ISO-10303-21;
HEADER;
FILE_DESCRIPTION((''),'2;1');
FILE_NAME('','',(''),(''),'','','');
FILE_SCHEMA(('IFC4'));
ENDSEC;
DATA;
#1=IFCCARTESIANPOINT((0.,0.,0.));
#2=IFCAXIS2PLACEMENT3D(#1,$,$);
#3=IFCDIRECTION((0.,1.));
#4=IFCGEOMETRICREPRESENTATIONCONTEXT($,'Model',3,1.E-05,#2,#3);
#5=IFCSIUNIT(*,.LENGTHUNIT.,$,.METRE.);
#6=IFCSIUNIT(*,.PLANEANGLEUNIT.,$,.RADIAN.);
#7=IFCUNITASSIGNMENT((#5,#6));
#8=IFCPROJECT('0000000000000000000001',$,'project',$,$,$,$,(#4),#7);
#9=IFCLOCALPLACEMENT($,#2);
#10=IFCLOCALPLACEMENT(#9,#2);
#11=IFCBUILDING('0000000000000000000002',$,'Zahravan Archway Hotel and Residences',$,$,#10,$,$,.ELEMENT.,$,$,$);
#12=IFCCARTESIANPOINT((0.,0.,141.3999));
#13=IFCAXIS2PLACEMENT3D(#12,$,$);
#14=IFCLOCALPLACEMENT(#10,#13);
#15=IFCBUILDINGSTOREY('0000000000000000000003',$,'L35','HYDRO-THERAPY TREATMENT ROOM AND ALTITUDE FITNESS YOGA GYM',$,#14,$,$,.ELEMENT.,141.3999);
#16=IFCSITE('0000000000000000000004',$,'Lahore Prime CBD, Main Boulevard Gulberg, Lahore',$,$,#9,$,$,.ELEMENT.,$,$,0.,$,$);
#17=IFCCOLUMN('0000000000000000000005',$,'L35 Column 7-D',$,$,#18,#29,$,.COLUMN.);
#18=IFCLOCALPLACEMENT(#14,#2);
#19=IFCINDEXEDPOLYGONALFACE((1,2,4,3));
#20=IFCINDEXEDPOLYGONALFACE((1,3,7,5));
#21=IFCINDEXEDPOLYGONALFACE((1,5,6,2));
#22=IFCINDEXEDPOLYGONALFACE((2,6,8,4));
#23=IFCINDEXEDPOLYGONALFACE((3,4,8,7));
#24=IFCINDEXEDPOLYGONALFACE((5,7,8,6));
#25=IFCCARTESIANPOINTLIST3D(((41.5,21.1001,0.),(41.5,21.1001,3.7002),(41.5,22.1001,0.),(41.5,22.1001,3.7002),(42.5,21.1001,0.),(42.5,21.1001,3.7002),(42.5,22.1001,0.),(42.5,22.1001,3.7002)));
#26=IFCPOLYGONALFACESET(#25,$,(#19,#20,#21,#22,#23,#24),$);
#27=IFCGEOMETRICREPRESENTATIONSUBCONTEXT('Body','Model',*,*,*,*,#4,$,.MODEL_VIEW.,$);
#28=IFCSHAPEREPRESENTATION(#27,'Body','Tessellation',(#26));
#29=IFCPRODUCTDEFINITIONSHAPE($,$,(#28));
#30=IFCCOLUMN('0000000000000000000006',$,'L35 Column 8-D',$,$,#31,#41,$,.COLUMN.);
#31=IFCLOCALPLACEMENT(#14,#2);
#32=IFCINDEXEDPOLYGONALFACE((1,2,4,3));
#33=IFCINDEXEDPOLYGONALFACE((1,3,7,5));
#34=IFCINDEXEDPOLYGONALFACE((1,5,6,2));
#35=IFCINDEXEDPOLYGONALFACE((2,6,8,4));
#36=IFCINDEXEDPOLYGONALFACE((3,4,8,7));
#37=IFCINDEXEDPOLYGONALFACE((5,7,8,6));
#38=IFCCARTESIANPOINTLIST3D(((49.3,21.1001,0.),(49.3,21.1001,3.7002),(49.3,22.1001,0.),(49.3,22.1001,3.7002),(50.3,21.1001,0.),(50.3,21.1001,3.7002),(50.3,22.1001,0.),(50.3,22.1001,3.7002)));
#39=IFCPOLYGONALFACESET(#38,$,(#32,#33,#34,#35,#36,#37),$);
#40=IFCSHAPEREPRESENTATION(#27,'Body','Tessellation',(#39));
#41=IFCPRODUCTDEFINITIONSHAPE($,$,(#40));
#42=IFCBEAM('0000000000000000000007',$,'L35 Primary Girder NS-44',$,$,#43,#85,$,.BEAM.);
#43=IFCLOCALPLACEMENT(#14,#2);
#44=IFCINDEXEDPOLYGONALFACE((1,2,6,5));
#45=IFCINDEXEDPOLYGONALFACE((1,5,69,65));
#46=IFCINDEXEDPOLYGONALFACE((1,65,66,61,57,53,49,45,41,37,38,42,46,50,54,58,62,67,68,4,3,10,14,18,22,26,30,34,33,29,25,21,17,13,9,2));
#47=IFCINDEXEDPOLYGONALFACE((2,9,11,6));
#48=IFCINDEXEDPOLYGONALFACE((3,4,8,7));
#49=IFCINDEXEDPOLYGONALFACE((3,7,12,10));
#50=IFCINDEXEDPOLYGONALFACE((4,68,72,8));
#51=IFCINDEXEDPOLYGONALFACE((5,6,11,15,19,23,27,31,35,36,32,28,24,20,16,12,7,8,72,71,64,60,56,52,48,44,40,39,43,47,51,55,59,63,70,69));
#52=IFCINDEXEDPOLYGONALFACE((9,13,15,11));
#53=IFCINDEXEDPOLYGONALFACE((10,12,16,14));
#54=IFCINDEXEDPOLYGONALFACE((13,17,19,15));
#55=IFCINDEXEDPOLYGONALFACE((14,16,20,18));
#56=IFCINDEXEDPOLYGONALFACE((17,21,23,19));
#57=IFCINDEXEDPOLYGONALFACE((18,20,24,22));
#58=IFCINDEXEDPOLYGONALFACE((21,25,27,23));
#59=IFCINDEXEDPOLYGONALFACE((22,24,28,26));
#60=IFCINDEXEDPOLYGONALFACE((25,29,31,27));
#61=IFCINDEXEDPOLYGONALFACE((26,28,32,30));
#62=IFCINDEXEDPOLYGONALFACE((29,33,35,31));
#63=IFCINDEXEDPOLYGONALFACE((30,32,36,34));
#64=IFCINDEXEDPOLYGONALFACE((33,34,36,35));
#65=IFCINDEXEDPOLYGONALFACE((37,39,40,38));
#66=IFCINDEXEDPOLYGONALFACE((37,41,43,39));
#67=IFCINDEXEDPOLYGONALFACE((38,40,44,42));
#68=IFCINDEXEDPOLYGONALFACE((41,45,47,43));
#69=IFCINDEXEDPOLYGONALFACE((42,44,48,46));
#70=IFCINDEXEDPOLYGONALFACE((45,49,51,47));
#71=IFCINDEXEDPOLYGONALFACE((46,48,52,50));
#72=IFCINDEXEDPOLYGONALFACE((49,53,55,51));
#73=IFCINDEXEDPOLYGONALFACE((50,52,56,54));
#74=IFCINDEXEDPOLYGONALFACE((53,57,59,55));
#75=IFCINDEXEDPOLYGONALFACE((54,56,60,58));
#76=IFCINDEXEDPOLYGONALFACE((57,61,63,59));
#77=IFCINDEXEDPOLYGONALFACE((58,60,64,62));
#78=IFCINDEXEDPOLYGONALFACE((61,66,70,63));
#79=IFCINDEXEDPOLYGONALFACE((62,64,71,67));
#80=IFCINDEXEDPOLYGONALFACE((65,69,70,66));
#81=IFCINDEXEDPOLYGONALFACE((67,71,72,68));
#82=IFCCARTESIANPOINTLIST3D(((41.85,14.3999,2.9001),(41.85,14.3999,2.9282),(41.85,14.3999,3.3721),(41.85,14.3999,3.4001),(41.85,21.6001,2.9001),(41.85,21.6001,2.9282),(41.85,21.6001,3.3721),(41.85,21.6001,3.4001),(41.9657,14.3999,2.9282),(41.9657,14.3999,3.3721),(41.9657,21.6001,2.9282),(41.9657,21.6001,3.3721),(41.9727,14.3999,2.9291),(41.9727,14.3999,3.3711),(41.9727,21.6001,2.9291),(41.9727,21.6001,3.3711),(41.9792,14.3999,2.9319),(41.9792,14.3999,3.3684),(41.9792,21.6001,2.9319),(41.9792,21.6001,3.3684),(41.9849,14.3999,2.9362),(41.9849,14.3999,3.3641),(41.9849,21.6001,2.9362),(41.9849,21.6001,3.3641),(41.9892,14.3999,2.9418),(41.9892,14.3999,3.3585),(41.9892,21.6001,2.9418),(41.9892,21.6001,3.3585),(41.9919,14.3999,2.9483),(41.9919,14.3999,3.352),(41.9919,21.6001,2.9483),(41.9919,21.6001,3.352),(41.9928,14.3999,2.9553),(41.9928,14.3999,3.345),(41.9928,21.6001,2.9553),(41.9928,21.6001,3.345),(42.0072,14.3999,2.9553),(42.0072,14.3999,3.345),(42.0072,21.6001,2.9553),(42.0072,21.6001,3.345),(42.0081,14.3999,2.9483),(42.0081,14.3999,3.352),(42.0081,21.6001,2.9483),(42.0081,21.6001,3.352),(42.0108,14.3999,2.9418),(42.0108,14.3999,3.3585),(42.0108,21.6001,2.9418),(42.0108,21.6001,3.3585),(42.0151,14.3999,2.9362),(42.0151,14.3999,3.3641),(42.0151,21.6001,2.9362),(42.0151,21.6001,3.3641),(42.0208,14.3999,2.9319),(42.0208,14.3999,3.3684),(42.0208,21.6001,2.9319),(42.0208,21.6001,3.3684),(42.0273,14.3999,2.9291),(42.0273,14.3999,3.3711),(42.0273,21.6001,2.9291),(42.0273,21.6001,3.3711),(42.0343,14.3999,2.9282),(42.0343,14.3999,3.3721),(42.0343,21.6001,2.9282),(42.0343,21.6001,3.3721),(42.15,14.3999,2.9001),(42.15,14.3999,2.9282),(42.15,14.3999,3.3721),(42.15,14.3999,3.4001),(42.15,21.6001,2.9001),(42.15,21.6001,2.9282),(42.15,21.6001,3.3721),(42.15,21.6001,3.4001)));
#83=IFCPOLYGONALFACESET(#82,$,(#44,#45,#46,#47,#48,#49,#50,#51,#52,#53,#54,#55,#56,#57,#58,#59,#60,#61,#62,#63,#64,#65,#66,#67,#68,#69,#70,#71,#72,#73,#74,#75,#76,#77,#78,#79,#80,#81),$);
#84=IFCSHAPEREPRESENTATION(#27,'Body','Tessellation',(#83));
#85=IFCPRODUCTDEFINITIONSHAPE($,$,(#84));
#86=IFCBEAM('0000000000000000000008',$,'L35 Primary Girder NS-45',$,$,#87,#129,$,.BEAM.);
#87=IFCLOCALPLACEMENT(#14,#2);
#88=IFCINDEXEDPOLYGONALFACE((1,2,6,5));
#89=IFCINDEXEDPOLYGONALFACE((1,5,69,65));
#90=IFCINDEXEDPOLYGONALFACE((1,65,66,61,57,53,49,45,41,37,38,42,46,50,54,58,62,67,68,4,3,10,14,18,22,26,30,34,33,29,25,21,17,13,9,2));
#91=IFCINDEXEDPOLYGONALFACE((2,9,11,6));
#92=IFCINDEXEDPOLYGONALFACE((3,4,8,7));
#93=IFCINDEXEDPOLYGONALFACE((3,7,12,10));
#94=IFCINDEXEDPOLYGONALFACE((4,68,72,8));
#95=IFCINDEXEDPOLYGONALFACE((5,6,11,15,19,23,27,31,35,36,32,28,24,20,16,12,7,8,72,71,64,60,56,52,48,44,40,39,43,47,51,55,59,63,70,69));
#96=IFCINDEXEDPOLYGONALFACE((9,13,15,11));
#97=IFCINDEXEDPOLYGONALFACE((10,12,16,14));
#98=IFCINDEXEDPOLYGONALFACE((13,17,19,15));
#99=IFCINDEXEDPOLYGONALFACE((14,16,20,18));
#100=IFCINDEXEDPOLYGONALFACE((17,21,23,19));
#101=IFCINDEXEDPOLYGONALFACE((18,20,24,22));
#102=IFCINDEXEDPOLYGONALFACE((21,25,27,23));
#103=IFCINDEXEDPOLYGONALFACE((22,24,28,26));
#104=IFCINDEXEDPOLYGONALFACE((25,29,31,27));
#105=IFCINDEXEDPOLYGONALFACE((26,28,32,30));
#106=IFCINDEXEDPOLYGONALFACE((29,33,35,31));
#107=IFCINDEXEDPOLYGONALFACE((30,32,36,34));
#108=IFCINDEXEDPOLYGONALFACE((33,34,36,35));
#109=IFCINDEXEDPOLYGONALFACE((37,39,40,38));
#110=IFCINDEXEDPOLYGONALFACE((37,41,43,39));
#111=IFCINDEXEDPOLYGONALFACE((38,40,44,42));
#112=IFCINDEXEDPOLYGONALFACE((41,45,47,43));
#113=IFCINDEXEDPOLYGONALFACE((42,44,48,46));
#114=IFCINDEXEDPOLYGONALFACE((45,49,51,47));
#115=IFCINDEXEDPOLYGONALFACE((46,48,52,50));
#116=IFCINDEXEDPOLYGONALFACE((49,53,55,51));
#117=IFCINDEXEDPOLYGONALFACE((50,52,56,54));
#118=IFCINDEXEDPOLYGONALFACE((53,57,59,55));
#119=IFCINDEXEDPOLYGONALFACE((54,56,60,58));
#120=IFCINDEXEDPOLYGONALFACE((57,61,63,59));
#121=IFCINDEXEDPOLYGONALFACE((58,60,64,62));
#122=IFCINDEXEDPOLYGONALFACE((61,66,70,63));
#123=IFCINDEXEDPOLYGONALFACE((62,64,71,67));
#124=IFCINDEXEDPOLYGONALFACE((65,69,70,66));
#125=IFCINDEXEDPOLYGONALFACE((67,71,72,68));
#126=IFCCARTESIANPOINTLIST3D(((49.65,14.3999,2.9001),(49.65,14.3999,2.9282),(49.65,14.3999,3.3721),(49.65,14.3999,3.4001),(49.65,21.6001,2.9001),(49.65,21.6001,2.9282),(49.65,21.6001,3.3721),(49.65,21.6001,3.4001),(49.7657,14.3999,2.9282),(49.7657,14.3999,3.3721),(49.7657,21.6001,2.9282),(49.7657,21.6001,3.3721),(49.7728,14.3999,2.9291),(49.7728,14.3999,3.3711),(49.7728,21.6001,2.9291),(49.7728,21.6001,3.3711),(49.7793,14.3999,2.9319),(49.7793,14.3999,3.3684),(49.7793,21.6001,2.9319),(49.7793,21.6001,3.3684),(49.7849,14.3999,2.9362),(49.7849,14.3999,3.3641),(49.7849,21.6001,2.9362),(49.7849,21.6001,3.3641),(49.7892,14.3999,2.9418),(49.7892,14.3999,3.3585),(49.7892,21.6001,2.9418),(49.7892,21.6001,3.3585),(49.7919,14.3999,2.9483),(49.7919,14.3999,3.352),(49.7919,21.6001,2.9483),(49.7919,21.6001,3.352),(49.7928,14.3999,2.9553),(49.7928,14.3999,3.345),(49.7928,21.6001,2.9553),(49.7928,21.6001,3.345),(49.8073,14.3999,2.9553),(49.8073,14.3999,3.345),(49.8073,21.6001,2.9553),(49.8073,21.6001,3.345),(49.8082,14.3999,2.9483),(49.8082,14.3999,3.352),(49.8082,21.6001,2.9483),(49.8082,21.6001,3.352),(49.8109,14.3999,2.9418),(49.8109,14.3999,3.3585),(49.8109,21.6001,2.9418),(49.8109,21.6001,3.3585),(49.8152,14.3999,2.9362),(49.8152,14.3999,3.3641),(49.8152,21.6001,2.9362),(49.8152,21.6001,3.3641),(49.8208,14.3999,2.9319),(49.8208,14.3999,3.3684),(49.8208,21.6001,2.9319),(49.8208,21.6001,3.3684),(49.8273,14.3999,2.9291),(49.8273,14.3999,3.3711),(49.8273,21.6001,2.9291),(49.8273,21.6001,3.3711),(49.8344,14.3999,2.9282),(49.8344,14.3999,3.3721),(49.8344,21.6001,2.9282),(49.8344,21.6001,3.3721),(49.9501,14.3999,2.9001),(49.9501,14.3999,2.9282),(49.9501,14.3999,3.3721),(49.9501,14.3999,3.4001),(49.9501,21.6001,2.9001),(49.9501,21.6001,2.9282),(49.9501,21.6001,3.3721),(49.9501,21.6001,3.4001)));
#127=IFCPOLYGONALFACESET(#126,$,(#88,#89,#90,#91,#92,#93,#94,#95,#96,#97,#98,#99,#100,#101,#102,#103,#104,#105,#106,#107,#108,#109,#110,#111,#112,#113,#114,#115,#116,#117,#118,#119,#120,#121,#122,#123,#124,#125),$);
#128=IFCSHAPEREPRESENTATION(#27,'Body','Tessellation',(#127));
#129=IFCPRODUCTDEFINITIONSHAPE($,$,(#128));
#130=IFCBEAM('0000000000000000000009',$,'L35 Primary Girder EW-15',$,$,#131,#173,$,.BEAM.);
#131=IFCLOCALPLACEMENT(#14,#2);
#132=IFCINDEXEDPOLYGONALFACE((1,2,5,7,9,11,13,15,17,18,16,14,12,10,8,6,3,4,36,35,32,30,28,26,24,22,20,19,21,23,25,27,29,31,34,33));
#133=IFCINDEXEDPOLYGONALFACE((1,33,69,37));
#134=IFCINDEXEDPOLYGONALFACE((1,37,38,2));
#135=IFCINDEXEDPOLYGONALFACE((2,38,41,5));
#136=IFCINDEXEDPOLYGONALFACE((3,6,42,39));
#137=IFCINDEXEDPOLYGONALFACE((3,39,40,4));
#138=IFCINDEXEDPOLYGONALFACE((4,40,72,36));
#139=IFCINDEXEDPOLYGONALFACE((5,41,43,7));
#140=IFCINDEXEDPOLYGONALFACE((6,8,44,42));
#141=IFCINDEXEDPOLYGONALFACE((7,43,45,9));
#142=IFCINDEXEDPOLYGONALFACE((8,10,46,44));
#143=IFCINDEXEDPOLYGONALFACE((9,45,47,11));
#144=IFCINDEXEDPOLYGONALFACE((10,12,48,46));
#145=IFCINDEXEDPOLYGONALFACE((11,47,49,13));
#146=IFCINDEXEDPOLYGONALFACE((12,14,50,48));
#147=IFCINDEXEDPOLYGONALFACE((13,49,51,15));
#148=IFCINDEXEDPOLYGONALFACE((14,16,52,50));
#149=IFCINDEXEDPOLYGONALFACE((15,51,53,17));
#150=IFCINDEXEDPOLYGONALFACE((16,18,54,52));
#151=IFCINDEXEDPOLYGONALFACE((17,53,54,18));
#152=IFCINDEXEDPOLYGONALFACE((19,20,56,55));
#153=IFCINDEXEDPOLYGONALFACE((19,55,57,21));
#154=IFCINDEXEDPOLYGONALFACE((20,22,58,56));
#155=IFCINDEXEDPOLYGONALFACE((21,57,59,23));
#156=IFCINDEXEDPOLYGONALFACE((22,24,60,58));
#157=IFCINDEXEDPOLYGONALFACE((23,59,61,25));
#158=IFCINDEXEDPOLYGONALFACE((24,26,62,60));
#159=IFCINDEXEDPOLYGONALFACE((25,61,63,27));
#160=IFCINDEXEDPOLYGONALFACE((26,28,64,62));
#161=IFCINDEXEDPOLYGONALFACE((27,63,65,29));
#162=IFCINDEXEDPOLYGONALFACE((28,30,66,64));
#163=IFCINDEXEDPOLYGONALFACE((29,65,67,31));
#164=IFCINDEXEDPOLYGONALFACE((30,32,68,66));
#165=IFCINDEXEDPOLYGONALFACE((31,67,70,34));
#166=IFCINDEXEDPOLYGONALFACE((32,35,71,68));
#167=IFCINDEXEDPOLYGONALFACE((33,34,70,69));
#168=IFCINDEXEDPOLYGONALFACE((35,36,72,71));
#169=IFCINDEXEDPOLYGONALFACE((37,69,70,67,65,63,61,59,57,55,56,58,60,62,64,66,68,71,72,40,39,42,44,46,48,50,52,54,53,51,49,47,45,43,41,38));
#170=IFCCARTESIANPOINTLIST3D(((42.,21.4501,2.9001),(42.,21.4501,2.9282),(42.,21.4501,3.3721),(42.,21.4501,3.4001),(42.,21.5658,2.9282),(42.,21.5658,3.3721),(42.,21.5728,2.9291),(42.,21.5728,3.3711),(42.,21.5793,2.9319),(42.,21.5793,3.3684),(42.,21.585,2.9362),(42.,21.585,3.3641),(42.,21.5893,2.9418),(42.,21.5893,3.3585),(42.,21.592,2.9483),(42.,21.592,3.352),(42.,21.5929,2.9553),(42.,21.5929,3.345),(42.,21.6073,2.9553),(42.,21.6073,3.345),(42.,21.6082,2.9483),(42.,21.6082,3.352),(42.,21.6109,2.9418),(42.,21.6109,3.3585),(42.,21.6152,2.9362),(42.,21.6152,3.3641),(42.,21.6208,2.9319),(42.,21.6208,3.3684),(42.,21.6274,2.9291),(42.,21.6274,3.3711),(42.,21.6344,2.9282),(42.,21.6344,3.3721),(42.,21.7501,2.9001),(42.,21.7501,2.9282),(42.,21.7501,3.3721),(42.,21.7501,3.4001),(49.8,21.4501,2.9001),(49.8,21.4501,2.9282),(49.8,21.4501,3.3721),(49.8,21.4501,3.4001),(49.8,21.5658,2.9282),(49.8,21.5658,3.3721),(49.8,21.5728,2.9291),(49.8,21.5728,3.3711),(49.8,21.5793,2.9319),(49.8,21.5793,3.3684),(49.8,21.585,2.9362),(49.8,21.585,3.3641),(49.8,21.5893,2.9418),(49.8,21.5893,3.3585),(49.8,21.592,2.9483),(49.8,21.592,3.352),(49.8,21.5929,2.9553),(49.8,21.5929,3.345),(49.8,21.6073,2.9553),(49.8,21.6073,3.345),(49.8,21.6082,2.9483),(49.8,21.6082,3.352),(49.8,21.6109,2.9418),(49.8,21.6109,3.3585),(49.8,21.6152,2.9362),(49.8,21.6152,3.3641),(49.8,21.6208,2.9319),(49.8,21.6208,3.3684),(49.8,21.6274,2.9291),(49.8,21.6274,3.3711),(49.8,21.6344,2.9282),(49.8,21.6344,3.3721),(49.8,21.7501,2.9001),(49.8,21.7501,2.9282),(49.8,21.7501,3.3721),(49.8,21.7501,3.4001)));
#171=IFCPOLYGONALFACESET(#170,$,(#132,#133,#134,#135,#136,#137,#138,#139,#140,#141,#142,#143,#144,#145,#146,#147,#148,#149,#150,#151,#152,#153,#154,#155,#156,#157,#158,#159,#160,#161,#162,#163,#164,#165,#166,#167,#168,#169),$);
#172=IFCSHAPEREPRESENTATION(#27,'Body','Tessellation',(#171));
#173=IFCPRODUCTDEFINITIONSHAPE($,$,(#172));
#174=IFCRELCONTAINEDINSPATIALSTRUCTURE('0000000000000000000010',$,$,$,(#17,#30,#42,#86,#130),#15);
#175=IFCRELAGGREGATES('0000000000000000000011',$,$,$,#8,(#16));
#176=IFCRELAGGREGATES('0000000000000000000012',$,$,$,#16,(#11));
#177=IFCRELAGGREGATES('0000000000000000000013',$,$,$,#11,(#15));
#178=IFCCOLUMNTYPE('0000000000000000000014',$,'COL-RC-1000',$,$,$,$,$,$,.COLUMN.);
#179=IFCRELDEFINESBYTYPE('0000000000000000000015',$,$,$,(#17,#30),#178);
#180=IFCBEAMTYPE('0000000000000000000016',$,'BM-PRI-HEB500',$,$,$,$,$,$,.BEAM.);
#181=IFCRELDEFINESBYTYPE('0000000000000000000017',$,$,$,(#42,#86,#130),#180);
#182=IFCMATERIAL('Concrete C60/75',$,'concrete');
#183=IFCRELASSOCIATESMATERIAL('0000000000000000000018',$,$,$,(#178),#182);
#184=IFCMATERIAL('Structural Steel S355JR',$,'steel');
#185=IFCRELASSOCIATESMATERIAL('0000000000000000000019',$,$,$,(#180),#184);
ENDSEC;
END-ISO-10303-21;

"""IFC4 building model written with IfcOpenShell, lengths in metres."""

from ifc_helpers import new_model, si_unit, direction, frame, origin, origin_2d, place, context, subcontext, project, spatial, rectangle, i_section, extrude, source, transform, mapped, material, material_profile, profile_set, type_object, type_shapes, element, save


model = new_model("IFC4")

# Units and contexts
model_context = context("Model", 3, precision=1e-05, world=origin(), true_north=direction((0.0, 1.0)))
body_context = subcontext(model_context, "Body", "Model", "MODEL_VIEW")
ifc_project = project(units=[si_unit("LENGTHUNIT", "METRE"), si_unit("PLANEANGLEUNIT", "RADIAN")], contexts=[model_context])

# Site, building, storey
site_placement = place(None, origin())
site = spatial("IfcSite", under=ifc_project, at=site_placement, Name="Lahore Prime CBD, Main Boulevard Gulberg, Lahore", CompositionType="ELEMENT", RefElevation=0.0)
building_placement = place(site_placement, origin())
building = spatial("IfcBuilding", under=site, at=building_placement, Name="Zahravan Archway Hotel and Residences", CompositionType="ELEMENT")
storey_placement = place(building_placement, frame((0.0, 0.0, 141.3999)))
storey = spatial("IfcBuildingStorey", under=building, at=storey_placement, Name="L35", Description="HYDRO-THERAPY TREATMENT ROOM AND ALTITUDE FITNESS YOGA GYM", CompositionType="ELEMENT", Elevation=141.3999)

# Columns
ifc_material_1 = material(Name="Concrete C60/75", Category="concrete")
ifc_material_profile_1 = material_profile(ifc_material_1, rectangle(XDim=1.0, YDim=1.0, at=origin_2d()), Name="RC-COL-1000x1000", Category="concrete")
ifc_profile_set_1 = profile_set([ifc_material_profile_1], Name="Concrete C60/75")
column_type = type_object("IfcColumnType", Name="COL-RC-1000", PredefinedType="COLUMN", material=ifc_profile_set_1)
shared_shape_1 = source(origin(), body_context, "Body", "SweptSolid", [
    extrude(rectangle(XDim=1.0, YDim=1.0, at=origin_2d()), origin(), (0.0, 0.0, 1.0), 3.7002),
])
for number, where, z_axis, x_axis, name in (
    (1, (42.0, 21.6001, 0.0), (0.0, 0.0, 1.0), (1.0, 0.0, 0.0), "L35 Column 7-D"),
    (2, (49.8, 21.6001, 0.0), (0.0, 0.0, 1.0), (1.0, 0.0, 0.0), "L35 Column 8-D"),
):
    element("IfcColumn", number, at=place(storey_placement, frame(where, z_axis=z_axis, x_axis=x_axis)), inside=storey, type_object=column_type, Name=name, PredefinedType="COLUMN", context=body_context, shape_type="MappedRepresentation", body=[
        mapped(shared_shape_1, transform((0.0, 0.0, 0.0), scale=1.0)),
    ])

# Beams
ifc_material_2 = material(Name="Structural Steel S355JR", Category="steel")
ifc_material_profile_2 = material_profile(ifc_material_2, i_section(OverallWidth=0.3, OverallDepth=0.5, WebThickness=0.0144, FlangeThickness=0.0281, FilletRadius=0.0271, at=origin_2d()), Name="HEB 500", Category="steel")
ifc_profile_set_2 = profile_set([ifc_material_profile_2], Name="Structural Steel S355JR")
beam_type = type_object("IfcBeamType", Name="BM-PRI-HEB500", PredefinedType="BEAM", material=ifc_profile_set_2)
shared_shape_2 = source(origin(), body_context, "Body", "SweptSolid", [
    extrude(i_section(OverallWidth=0.3, OverallDepth=0.5, WebThickness=0.0144, FlangeThickness=0.0281, FilletRadius=0.0271, at=origin_2d()), origin(), (0.0, 0.0, 1.0), 7.2002),
])
type_shapes(beam_type, [shared_shape_2])
for number, where, z_axis, x_axis, name in (
    (3, (42.0, 14.3999, 3.1501), (0.0, 1.0, 0.0), (-1.0, 0.0, 0.0), "L35 Primary Girder NS-44"),
    (4, (49.8, 14.3999, 3.1501), (0.0, 1.0, 0.0), (-1.0, 0.0, 0.0), "L35 Primary Girder NS-45"),
):
    element("IfcBeam", number, at=place(storey_placement, frame(where, z_axis=z_axis, x_axis=x_axis)), inside=storey, type_object=beam_type, Name=name, PredefinedType="BEAM", context=body_context, shape_type="MappedRepresentation", body=[
        mapped(shared_shape_2, transform((0.0, 0.0, 0.0), scale=1.0)),
    ])
shared_shape_3 = source(origin(), body_context, "Body", "SweptSolid", [
    extrude(i_section(OverallWidth=0.3, OverallDepth=0.5, WebThickness=0.0144, FlangeThickness=0.0281, FilletRadius=0.0271, at=origin_2d()), origin(), (0.0, 0.0, 1.0), 7.8),
])
beam_placement = place(storey_placement, frame((42.0, 21.6001, 3.1501), z_axis=(1.0, 0.0, 0.0), x_axis=(0.0, 1.0, 0.0)))
element("IfcBeam", 5, at=beam_placement, inside=storey, type_object=beam_type, Name="L35 Primary Girder EW-15", PredefinedType="BEAM", context=body_context, shape_type="MappedRepresentation", body=[
    mapped(shared_shape_3, transform((0.0, 0.0, 0.0), scale=1.0)),
])

save(model, "model.ifc")
